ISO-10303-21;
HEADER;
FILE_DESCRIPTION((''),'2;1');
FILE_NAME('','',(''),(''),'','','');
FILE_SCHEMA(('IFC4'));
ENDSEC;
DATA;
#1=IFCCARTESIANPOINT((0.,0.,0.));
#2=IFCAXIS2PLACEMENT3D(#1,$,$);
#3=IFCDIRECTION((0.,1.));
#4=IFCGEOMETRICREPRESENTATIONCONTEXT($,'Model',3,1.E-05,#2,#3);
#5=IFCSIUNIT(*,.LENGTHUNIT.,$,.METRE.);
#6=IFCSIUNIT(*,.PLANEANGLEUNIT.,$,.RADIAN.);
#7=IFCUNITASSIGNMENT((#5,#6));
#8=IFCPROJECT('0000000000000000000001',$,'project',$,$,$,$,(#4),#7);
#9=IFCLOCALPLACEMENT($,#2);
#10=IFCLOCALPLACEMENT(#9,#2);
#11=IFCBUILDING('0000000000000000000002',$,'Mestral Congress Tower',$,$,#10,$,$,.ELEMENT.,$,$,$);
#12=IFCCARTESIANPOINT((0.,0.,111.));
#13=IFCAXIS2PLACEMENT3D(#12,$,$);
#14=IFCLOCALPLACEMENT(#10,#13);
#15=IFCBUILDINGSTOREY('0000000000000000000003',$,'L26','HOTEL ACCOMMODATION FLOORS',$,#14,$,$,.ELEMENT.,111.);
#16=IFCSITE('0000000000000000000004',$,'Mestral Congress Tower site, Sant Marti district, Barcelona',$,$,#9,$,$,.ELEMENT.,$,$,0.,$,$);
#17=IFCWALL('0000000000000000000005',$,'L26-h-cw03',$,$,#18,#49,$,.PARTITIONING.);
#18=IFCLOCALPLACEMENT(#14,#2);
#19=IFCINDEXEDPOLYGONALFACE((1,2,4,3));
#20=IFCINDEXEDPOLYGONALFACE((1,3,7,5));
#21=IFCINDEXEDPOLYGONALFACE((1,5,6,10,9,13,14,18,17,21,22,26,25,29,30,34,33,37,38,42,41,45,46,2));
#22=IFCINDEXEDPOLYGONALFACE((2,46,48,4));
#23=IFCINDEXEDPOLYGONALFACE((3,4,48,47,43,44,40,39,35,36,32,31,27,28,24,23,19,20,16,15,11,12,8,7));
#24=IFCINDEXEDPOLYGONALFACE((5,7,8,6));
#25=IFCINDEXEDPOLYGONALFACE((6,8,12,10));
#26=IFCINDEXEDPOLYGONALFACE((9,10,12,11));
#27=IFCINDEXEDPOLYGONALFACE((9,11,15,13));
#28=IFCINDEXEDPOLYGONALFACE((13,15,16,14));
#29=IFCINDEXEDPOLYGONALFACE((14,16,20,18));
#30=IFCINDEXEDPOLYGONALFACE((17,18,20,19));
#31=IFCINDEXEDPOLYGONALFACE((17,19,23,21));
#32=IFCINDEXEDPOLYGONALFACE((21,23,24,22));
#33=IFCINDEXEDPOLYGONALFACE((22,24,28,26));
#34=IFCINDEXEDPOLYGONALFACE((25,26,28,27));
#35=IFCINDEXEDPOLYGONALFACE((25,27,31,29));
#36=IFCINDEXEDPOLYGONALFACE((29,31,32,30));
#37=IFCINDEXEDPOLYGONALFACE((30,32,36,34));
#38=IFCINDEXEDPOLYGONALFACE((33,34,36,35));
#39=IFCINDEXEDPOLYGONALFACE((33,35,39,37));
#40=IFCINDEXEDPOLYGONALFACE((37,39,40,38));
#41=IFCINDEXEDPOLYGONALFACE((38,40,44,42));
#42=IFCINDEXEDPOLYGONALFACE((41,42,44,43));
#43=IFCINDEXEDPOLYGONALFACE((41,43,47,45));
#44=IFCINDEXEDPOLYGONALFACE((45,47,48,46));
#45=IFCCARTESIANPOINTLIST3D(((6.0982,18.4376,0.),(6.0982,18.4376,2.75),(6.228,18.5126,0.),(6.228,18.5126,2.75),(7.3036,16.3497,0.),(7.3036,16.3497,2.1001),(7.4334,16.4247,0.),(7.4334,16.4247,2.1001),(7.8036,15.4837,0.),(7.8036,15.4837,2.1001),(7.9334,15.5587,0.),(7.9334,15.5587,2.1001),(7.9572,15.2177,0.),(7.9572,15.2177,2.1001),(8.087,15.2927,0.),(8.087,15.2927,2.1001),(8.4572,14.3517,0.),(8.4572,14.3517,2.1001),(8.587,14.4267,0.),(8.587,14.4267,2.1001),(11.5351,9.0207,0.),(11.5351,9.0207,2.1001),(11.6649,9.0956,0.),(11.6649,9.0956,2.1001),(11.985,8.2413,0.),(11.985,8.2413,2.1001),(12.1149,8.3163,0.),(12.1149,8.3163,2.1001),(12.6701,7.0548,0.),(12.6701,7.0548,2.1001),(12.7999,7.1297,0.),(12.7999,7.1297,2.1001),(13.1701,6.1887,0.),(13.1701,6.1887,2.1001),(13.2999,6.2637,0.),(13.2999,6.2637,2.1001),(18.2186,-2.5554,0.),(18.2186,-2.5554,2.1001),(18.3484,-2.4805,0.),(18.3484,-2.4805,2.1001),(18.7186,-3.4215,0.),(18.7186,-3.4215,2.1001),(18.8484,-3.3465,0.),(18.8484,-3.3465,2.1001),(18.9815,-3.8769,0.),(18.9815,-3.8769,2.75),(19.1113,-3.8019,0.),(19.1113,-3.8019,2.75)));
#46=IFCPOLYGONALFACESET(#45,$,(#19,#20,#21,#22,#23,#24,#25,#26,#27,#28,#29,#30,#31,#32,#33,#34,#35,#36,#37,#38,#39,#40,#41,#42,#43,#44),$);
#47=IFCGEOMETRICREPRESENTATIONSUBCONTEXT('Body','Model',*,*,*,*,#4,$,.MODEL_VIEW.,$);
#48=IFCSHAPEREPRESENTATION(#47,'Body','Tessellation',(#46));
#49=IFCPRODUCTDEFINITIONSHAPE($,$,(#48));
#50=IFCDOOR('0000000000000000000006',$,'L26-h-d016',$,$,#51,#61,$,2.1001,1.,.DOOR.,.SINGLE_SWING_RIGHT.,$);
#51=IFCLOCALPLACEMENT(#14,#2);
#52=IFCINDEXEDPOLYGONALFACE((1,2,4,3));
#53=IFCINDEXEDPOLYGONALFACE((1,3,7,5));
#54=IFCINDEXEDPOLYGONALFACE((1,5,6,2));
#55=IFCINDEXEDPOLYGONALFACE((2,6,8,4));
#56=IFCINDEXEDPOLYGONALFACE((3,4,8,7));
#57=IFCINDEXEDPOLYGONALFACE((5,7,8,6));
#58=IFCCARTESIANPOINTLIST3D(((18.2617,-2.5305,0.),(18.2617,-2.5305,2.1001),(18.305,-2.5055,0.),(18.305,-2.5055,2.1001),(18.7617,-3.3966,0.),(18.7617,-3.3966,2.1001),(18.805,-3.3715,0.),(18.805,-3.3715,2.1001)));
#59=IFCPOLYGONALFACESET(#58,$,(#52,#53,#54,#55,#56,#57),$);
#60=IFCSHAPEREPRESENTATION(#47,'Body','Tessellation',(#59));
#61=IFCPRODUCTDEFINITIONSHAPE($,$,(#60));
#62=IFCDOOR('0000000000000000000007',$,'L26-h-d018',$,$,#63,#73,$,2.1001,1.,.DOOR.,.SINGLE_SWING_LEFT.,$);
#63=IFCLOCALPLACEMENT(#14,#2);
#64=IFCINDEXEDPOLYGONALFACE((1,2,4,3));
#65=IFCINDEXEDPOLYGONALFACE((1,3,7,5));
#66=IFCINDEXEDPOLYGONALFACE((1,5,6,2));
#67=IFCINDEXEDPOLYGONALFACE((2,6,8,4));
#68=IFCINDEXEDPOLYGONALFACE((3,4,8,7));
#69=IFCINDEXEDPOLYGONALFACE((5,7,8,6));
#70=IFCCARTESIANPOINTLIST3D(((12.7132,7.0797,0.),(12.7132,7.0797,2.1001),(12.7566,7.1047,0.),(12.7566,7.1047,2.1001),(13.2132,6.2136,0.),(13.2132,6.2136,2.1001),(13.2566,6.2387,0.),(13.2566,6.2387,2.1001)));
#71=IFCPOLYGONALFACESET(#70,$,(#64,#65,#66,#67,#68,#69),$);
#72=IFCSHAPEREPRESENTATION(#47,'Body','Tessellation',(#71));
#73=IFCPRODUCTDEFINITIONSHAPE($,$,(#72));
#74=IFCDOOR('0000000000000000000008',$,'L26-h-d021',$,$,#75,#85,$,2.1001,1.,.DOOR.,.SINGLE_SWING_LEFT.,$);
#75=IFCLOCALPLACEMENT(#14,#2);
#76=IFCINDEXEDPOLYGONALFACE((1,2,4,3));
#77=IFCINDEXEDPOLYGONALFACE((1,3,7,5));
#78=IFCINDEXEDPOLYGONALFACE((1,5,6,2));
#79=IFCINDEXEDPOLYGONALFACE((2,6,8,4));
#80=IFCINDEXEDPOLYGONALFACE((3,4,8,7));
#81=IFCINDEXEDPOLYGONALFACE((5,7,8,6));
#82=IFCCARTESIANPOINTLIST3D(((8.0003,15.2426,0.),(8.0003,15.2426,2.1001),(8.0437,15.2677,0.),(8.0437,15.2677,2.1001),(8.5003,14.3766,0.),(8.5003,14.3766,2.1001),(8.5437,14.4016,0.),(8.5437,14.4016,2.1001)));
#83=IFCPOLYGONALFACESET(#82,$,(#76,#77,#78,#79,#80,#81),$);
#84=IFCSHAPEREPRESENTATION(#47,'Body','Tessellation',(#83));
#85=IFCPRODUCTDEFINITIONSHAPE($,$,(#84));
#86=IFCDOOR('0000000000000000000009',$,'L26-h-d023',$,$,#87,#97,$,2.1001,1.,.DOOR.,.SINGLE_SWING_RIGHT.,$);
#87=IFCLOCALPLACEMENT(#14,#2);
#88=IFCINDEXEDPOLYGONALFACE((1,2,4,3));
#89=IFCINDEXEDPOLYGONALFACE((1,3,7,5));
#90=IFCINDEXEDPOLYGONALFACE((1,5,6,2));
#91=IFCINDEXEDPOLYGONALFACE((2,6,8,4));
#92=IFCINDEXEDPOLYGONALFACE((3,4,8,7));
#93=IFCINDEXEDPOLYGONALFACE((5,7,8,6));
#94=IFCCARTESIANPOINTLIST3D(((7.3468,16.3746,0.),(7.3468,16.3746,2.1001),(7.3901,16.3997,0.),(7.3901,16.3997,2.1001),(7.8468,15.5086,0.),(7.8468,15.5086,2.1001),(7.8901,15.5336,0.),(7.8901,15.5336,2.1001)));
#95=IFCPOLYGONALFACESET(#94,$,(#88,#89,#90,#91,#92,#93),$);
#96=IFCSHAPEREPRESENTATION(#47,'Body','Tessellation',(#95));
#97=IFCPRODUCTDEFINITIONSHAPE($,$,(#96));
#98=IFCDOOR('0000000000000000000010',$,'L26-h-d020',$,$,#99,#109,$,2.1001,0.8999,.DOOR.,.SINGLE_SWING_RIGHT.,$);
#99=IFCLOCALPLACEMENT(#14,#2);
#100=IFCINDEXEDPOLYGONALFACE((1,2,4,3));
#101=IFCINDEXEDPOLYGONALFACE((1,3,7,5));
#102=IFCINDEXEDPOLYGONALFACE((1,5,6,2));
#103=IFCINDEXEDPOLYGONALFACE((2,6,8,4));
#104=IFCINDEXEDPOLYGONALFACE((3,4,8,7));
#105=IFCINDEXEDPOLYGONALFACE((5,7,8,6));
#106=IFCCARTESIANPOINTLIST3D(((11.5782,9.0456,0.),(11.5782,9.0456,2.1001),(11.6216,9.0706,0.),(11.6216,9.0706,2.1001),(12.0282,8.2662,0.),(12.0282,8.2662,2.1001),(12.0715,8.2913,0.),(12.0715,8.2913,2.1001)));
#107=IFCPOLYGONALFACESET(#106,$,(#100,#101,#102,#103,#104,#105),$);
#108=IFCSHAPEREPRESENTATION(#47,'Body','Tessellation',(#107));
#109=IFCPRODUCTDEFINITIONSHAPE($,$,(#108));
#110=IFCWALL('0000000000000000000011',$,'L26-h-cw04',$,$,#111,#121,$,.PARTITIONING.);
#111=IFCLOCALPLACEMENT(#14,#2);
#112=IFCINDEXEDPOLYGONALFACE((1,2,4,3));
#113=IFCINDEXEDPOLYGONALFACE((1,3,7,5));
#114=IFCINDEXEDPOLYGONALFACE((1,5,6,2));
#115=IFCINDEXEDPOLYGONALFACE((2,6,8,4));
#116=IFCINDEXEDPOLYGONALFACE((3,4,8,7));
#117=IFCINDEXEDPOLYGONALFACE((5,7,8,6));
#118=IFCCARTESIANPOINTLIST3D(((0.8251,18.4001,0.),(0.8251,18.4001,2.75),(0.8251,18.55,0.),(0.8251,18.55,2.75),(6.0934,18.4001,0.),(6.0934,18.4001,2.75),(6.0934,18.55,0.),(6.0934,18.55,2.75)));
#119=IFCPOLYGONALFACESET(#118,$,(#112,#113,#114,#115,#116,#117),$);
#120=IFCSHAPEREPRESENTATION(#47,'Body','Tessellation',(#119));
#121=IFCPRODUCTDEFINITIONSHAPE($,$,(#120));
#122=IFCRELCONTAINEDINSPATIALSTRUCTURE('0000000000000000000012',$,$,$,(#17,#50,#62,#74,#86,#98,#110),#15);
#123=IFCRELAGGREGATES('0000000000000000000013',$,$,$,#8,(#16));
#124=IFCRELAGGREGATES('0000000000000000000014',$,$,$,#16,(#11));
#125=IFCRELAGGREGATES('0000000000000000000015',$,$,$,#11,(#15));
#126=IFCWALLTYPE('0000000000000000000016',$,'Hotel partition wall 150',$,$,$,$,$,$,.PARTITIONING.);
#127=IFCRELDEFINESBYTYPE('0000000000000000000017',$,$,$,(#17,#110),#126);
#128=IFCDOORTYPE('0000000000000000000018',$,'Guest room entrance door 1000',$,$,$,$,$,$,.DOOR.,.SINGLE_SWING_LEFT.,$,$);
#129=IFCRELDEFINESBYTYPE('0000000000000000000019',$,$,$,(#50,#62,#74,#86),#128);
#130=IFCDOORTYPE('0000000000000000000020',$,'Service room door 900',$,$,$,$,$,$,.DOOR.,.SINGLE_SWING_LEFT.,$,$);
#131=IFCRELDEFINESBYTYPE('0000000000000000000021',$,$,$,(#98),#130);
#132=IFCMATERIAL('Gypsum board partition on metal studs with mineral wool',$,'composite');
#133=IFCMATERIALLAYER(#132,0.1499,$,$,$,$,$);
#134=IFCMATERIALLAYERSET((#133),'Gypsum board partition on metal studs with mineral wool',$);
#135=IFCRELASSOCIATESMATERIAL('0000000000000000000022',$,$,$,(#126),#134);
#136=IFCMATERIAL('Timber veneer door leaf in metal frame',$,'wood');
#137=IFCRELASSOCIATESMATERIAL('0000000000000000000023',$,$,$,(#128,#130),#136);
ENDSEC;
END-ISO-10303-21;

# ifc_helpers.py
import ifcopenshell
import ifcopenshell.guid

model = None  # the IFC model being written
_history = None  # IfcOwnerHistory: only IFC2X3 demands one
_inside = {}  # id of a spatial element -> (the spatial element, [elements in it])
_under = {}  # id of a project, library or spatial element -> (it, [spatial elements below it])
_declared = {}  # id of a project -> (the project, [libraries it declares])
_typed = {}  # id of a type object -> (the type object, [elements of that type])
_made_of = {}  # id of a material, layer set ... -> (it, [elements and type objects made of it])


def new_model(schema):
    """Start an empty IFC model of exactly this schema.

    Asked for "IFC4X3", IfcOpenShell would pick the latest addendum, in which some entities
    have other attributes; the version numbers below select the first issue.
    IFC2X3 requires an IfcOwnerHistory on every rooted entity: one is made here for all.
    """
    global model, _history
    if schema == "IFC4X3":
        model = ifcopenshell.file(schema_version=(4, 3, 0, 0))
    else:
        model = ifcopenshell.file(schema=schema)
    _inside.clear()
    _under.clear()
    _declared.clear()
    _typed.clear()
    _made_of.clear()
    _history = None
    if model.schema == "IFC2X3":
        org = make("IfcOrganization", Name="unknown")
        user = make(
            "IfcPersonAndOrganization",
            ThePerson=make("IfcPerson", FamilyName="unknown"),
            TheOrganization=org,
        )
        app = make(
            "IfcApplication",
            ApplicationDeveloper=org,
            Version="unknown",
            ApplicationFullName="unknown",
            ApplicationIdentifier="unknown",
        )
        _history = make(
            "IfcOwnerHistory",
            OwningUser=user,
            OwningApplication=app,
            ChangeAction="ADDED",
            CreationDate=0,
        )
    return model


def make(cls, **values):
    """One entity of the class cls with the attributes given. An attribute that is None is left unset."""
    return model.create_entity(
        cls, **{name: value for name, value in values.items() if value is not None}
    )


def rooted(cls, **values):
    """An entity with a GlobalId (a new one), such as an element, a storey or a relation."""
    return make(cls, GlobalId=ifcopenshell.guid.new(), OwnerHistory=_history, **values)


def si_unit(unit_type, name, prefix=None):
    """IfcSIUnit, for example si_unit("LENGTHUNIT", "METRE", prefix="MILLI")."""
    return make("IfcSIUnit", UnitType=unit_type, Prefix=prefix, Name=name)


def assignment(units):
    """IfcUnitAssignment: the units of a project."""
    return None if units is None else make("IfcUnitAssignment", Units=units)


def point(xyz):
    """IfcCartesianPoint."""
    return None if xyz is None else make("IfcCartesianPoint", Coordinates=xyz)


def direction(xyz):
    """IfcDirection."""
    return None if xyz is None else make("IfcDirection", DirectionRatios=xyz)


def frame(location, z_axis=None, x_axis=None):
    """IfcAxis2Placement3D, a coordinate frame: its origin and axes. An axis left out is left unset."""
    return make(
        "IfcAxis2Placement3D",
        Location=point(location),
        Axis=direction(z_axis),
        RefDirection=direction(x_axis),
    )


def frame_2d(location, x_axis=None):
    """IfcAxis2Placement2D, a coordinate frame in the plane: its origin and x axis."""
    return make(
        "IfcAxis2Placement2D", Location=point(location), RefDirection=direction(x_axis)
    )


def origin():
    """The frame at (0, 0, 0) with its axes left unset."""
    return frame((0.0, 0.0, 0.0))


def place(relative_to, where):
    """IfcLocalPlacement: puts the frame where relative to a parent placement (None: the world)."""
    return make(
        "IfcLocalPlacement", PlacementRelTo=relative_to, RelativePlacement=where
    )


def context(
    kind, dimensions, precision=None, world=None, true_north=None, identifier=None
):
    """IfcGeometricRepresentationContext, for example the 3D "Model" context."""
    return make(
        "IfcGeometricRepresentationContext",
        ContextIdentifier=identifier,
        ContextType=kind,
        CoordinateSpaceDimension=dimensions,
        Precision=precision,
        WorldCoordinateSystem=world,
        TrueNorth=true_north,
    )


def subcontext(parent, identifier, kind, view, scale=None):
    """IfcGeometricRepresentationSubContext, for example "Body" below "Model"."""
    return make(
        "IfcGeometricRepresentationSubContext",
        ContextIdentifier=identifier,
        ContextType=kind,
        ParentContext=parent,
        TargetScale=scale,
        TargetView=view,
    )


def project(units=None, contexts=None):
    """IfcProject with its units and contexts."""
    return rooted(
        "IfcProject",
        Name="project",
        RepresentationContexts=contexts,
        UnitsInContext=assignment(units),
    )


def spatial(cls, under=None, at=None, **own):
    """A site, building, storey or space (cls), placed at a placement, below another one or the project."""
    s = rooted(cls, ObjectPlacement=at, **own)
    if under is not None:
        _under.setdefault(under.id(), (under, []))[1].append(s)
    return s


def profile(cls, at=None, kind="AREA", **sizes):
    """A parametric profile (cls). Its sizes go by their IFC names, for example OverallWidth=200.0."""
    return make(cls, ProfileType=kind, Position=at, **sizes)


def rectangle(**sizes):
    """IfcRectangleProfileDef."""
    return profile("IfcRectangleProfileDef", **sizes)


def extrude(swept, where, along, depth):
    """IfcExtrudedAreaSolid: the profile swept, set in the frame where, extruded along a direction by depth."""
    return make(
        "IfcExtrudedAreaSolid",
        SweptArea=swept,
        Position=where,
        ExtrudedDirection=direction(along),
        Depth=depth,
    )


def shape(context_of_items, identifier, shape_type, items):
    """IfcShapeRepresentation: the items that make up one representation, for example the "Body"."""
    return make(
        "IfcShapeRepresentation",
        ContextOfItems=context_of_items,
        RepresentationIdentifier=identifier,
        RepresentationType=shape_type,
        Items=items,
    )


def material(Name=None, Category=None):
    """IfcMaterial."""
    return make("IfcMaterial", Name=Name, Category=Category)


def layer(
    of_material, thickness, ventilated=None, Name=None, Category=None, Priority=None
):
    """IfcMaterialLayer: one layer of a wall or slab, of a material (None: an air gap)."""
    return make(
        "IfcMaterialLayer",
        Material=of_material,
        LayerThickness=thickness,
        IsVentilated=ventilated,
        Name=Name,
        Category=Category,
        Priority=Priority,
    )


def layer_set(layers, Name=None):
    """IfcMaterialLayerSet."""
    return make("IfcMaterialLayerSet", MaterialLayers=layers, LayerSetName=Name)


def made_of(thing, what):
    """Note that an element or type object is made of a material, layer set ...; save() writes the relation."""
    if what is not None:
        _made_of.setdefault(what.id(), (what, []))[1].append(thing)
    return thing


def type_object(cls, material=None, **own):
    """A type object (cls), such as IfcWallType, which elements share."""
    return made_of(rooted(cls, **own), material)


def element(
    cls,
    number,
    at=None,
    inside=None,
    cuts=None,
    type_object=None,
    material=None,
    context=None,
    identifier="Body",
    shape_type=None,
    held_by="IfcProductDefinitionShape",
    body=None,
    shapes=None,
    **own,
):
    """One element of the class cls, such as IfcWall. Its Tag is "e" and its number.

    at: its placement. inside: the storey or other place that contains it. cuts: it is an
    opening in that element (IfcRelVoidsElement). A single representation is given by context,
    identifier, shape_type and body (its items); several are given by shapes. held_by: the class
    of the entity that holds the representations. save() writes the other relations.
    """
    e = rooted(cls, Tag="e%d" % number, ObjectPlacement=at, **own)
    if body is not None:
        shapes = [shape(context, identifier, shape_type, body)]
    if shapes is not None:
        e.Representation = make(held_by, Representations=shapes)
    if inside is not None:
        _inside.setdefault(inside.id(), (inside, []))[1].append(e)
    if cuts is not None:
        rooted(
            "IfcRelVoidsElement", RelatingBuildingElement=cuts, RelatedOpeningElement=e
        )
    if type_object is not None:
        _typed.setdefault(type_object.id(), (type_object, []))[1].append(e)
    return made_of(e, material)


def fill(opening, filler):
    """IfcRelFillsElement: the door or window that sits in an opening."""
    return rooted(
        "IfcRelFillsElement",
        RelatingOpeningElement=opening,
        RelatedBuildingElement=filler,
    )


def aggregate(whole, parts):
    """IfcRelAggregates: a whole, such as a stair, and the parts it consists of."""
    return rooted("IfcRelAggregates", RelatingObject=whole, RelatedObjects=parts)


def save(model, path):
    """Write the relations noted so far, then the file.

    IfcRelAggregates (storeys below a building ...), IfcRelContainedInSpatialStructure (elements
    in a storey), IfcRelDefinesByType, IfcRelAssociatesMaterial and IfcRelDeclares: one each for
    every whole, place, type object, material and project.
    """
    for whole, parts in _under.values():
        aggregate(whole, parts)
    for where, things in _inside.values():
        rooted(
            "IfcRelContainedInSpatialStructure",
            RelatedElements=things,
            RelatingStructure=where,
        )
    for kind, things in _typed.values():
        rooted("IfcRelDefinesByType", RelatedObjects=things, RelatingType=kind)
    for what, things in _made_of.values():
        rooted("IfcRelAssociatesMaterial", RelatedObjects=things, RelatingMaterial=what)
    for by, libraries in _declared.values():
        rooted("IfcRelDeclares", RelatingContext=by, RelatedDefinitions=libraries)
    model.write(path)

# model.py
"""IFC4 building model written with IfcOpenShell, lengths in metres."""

from ifc_helpers import new_model, si_unit, direction, frame, frame_2d, origin, place, context, subcontext, project, spatial, rectangle, extrude, material, layer, layer_set, type_object, element, fill, save


model = new_model("IFC4")

# Units and contexts
model_context = context("Model", 3, precision=1e-05, world=origin(), true_north=direction((0.0, 1.0)))
body_context = subcontext(model_context, "Body", "Model", "MODEL_VIEW")
ifc_project = project(units=[si_unit("LENGTHUNIT", "METRE"), si_unit("PLANEANGLEUNIT", "RADIAN")], contexts=[model_context])

# Site, building, storey
site_placement = place(None, origin())
site = spatial("IfcSite", under=ifc_project, at=site_placement, Name="Mestral Congress Tower site, Sant Marti district, Barcelona", CompositionType="ELEMENT", RefElevation=0.0)
building_placement = place(site_placement, origin())
building = spatial("IfcBuilding", under=site, at=building_placement, Name="Mestral Congress Tower", CompositionType="ELEMENT")
storey_placement = place(building_placement, frame((0.0, 0.0, 111.0)))
storey = spatial("IfcBuildingStorey", under=building, at=storey_placement, Name="L26", Description="HOTEL ACCOMMODATION FLOORS", CompositionType="ELEMENT", Elevation=111.0)

# Shared definitions
ifc_material_1 = material(Name="Gypsum board partition on metal studs with mineral wool", Category="composite")

# Wall, openings, doors
ifc_layer_1 = layer(ifc_material_1, 0.1499)
ifc_layer_set_1 = layer_set([ifc_layer_1], Name="Gypsum board partition on metal studs with mineral wool")
wall_type_1 = type_object("IfcWallType", Name="Hotel partition wall 150", PredefinedType="PARTITIONING", material=ifc_layer_set_1)
wall_1_placement = place(storey_placement, frame((6.1631, 18.4751, 0.0), z_axis=(0.0, 0.0, 1.0), x_axis=(0.500001, -0.866025, 0.0)))
wall_1 = element("IfcWall", 1, at=wall_1_placement, inside=storey, type_object=wall_type_1, Name="L26-h-cw03", PredefinedType="PARTITIONING", context=body_context, shape_type="SweptSolid", body=[
    extrude(rectangle(XDim=25.7666, YDim=0.1499, at=frame_2d((12.8833, 0.0))), origin(), (0.0, 0.0, 1.0), 2.75),
])
opening_1_placement = place(wall_1_placement, frame((24.2407, 0.0, 0.0)))
opening_1 = element("IfcOpeningElement", 2, at=opening_1_placement, cuts=wall_1, PredefinedType="OPENING", context=body_context, shape_type="SweptSolid", body=[
    extrude(rectangle(XDim=1.0, YDim=2.1001, at=frame_2d((0.5, 1.05))), frame((0.0, 0.085, 0.0), z_axis=(0.0, -1.0, 0.0), x_axis=(1.0, 0.0, 0.0)), (0.0, 0.0, 1.0), 0.1699),
])
opening_2_placement = place(wall_1_placement, frame((13.1438, 0.0, 0.0)))
opening_2 = element("IfcOpeningElement", 3, at=opening_2_placement, cuts=wall_1, PredefinedType="OPENING", context=body_context, shape_type="SweptSolid", body=[
    extrude(rectangle(XDim=1.0, YDim=2.1001, at=frame_2d((0.5, 1.05))), frame((0.0, 0.085, 0.0), z_axis=(0.0, -1.0, 0.0), x_axis=(1.0, 0.0, 0.0)), (0.0, 0.0, 1.0), 0.1699),
])
opening_3_placement = place(wall_1_placement, frame((10.8738, 0.0, 0.0)))
opening_3 = element("IfcOpeningElement", 4, at=opening_3_placement, cuts=wall_1, PredefinedType="OPENING", context=body_context, shape_type="SweptSolid", body=[
    extrude(rectangle(XDim=0.8999, YDim=2.1001, at=frame_2d((0.45, 1.05))), frame((0.0, 0.085, 0.0), z_axis=(0.0, -1.0, 0.0), x_axis=(1.0, 0.0, 0.0)), (0.0, 0.0, 1.0), 0.1699),
])
opening_4_placement = place(wall_1_placement, frame((3.718, 0.0, 0.0)))
opening_4 = element("IfcOpeningElement", 5, at=opening_4_placement, cuts=wall_1, PredefinedType="OPENING", context=body_context, shape_type="SweptSolid", body=[
    extrude(rectangle(XDim=1.0, YDim=2.1001, at=frame_2d((0.5, 1.05))), frame((0.0, 0.085, 0.0), z_axis=(0.0, -1.0, 0.0), x_axis=(1.0, 0.0, 0.0)), (0.0, 0.0, 1.0), 0.1699),
])
opening_5_placement = place(wall_1_placement, frame((2.4109, 0.0, 0.0)))
opening_5 = element("IfcOpeningElement", 6, at=opening_5_placement, cuts=wall_1, PredefinedType="OPENING", context=body_context, shape_type="SweptSolid", body=[
    extrude(rectangle(XDim=1.0, YDim=2.1001, at=frame_2d((0.5, 1.05))), frame((0.0, 0.085, 0.0), z_axis=(0.0, -1.0, 0.0), x_axis=(1.0, 0.0, 0.0)), (0.0, 0.0, 1.0), 0.1699),
])
ifc_material_2 = material(Name="Timber veneer door leaf in metal frame", Category="wood")
door_type_1 = type_object("IfcDoorType", Name="Guest room entrance door 1000", OperationType="SINGLE_SWING_LEFT", PredefinedType="DOOR", material=ifc_material_2)
door_1_placement = place(opening_1_placement, origin())
door_1 = element("IfcDoor", 7, at=door_1_placement, inside=storey, type_object=door_type_1, Name="L26-h-d016", OperationType="SINGLE_SWING_RIGHT", OverallHeight=2.1001, OverallWidth=1.0, PredefinedType="DOOR", context=body_context, shape_type="SweptSolid", body=[
    extrude(rectangle(XDim=1.0, YDim=2.1001, at=frame_2d((0.5, 1.05))), frame((0.0, 0.0249, 0.0), z_axis=(0.0, -1.0, 0.0), x_axis=(1.0, 0.0, 0.0)), (0.0, 0.0, 1.0), 0.05),
])
fill(opening_1, door_1)
door_2_placement = place(opening_2_placement, origin())
door_2 = element("IfcDoor", 8, at=door_2_placement, inside=storey, type_object=door_type_1, Name="L26-h-d018", OperationType="SINGLE_SWING_LEFT", OverallHeight=2.1001, OverallWidth=1.0, PredefinedType="DOOR", context=body_context, shape_type="SweptSolid", body=[
    extrude(rectangle(XDim=1.0, YDim=2.1001, at=frame_2d((0.5, 1.05))), frame((0.0, 0.0249, 0.0), z_axis=(0.0, -1.0, 0.0), x_axis=(1.0, 0.0, 0.0)), (0.0, 0.0, 1.0), 0.05),
])
fill(opening_2, door_2)
door_3_placement = place(opening_4_placement, origin())
door_3 = element("IfcDoor", 9, at=door_3_placement, inside=storey, type_object=door_type_1, Name="L26-h-d021", OperationType="SINGLE_SWING_LEFT", OverallHeight=2.1001, OverallWidth=1.0, PredefinedType="DOOR", context=body_context, shape_type="SweptSolid", body=[
    extrude(rectangle(XDim=1.0, YDim=2.1001, at=frame_2d((0.5, 1.05))), frame((0.0, 0.0249, 0.0), z_axis=(0.0, -1.0, 0.0), x_axis=(1.0, 0.0, 0.0)), (0.0, 0.0, 1.0), 0.05),
])
fill(opening_4, door_3)
door_4_placement = place(opening_5_placement, origin())
door_4 = element("IfcDoor", 10, at=door_4_placement, inside=storey, type_object=door_type_1, Name="L26-h-d023", OperationType="SINGLE_SWING_RIGHT", OverallHeight=2.1001, OverallWidth=1.0, PredefinedType="DOOR", context=body_context, shape_type="SweptSolid", body=[
    extrude(rectangle(XDim=1.0, YDim=2.1001, at=frame_2d((0.5, 1.05))), frame((0.0, 0.0249, 0.0), z_axis=(0.0, -1.0, 0.0), x_axis=(1.0, 0.0, 0.0)), (0.0, 0.0, 1.0), 0.05),
])
fill(opening_5, door_4)
door_type_2 = type_object("IfcDoorType", Name="Service room door 900", OperationType="SINGLE_SWING_LEFT", PredefinedType="DOOR", material=ifc_material_2)
door_5_placement = place(opening_3_placement, origin())
door_5 = element("IfcDoor", 11, at=door_5_placement, inside=storey, type_object=door_type_2, Name="L26-h-d020", OperationType="SINGLE_SWING_RIGHT", OverallHeight=2.1001, OverallWidth=0.8999, PredefinedType="DOOR", context=body_context, shape_type="SweptSolid", body=[
    extrude(rectangle(XDim=0.8999, YDim=2.1001, at=frame_2d((0.45, 1.05))), frame((0.0, 0.0249, 0.0), z_axis=(0.0, -1.0, 0.0), x_axis=(1.0, 0.0, 0.0)), (0.0, 0.0, 1.0), 0.05),
])
fill(opening_3, door_5)

# Wall
wall_2_placement = place(storey_placement, frame((0.825, 18.4751, 0.0), z_axis=(0.0, 0.0, 1.0), x_axis=(1.0, 0.0, 0.0)))
element("IfcWall", 12, at=wall_2_placement, inside=storey, type_object=wall_type_1, Name="L26-h-cw04", PredefinedType="PARTITIONING", context=body_context, shape_type="SweptSolid", body=[
    extrude(rectangle(XDim=5.2683, YDim=0.1499, at=frame_2d((2.6343, 0.0))), origin(), (0.0, 0.0, 1.0), 2.75),
])

save(model, "model.ifc")
